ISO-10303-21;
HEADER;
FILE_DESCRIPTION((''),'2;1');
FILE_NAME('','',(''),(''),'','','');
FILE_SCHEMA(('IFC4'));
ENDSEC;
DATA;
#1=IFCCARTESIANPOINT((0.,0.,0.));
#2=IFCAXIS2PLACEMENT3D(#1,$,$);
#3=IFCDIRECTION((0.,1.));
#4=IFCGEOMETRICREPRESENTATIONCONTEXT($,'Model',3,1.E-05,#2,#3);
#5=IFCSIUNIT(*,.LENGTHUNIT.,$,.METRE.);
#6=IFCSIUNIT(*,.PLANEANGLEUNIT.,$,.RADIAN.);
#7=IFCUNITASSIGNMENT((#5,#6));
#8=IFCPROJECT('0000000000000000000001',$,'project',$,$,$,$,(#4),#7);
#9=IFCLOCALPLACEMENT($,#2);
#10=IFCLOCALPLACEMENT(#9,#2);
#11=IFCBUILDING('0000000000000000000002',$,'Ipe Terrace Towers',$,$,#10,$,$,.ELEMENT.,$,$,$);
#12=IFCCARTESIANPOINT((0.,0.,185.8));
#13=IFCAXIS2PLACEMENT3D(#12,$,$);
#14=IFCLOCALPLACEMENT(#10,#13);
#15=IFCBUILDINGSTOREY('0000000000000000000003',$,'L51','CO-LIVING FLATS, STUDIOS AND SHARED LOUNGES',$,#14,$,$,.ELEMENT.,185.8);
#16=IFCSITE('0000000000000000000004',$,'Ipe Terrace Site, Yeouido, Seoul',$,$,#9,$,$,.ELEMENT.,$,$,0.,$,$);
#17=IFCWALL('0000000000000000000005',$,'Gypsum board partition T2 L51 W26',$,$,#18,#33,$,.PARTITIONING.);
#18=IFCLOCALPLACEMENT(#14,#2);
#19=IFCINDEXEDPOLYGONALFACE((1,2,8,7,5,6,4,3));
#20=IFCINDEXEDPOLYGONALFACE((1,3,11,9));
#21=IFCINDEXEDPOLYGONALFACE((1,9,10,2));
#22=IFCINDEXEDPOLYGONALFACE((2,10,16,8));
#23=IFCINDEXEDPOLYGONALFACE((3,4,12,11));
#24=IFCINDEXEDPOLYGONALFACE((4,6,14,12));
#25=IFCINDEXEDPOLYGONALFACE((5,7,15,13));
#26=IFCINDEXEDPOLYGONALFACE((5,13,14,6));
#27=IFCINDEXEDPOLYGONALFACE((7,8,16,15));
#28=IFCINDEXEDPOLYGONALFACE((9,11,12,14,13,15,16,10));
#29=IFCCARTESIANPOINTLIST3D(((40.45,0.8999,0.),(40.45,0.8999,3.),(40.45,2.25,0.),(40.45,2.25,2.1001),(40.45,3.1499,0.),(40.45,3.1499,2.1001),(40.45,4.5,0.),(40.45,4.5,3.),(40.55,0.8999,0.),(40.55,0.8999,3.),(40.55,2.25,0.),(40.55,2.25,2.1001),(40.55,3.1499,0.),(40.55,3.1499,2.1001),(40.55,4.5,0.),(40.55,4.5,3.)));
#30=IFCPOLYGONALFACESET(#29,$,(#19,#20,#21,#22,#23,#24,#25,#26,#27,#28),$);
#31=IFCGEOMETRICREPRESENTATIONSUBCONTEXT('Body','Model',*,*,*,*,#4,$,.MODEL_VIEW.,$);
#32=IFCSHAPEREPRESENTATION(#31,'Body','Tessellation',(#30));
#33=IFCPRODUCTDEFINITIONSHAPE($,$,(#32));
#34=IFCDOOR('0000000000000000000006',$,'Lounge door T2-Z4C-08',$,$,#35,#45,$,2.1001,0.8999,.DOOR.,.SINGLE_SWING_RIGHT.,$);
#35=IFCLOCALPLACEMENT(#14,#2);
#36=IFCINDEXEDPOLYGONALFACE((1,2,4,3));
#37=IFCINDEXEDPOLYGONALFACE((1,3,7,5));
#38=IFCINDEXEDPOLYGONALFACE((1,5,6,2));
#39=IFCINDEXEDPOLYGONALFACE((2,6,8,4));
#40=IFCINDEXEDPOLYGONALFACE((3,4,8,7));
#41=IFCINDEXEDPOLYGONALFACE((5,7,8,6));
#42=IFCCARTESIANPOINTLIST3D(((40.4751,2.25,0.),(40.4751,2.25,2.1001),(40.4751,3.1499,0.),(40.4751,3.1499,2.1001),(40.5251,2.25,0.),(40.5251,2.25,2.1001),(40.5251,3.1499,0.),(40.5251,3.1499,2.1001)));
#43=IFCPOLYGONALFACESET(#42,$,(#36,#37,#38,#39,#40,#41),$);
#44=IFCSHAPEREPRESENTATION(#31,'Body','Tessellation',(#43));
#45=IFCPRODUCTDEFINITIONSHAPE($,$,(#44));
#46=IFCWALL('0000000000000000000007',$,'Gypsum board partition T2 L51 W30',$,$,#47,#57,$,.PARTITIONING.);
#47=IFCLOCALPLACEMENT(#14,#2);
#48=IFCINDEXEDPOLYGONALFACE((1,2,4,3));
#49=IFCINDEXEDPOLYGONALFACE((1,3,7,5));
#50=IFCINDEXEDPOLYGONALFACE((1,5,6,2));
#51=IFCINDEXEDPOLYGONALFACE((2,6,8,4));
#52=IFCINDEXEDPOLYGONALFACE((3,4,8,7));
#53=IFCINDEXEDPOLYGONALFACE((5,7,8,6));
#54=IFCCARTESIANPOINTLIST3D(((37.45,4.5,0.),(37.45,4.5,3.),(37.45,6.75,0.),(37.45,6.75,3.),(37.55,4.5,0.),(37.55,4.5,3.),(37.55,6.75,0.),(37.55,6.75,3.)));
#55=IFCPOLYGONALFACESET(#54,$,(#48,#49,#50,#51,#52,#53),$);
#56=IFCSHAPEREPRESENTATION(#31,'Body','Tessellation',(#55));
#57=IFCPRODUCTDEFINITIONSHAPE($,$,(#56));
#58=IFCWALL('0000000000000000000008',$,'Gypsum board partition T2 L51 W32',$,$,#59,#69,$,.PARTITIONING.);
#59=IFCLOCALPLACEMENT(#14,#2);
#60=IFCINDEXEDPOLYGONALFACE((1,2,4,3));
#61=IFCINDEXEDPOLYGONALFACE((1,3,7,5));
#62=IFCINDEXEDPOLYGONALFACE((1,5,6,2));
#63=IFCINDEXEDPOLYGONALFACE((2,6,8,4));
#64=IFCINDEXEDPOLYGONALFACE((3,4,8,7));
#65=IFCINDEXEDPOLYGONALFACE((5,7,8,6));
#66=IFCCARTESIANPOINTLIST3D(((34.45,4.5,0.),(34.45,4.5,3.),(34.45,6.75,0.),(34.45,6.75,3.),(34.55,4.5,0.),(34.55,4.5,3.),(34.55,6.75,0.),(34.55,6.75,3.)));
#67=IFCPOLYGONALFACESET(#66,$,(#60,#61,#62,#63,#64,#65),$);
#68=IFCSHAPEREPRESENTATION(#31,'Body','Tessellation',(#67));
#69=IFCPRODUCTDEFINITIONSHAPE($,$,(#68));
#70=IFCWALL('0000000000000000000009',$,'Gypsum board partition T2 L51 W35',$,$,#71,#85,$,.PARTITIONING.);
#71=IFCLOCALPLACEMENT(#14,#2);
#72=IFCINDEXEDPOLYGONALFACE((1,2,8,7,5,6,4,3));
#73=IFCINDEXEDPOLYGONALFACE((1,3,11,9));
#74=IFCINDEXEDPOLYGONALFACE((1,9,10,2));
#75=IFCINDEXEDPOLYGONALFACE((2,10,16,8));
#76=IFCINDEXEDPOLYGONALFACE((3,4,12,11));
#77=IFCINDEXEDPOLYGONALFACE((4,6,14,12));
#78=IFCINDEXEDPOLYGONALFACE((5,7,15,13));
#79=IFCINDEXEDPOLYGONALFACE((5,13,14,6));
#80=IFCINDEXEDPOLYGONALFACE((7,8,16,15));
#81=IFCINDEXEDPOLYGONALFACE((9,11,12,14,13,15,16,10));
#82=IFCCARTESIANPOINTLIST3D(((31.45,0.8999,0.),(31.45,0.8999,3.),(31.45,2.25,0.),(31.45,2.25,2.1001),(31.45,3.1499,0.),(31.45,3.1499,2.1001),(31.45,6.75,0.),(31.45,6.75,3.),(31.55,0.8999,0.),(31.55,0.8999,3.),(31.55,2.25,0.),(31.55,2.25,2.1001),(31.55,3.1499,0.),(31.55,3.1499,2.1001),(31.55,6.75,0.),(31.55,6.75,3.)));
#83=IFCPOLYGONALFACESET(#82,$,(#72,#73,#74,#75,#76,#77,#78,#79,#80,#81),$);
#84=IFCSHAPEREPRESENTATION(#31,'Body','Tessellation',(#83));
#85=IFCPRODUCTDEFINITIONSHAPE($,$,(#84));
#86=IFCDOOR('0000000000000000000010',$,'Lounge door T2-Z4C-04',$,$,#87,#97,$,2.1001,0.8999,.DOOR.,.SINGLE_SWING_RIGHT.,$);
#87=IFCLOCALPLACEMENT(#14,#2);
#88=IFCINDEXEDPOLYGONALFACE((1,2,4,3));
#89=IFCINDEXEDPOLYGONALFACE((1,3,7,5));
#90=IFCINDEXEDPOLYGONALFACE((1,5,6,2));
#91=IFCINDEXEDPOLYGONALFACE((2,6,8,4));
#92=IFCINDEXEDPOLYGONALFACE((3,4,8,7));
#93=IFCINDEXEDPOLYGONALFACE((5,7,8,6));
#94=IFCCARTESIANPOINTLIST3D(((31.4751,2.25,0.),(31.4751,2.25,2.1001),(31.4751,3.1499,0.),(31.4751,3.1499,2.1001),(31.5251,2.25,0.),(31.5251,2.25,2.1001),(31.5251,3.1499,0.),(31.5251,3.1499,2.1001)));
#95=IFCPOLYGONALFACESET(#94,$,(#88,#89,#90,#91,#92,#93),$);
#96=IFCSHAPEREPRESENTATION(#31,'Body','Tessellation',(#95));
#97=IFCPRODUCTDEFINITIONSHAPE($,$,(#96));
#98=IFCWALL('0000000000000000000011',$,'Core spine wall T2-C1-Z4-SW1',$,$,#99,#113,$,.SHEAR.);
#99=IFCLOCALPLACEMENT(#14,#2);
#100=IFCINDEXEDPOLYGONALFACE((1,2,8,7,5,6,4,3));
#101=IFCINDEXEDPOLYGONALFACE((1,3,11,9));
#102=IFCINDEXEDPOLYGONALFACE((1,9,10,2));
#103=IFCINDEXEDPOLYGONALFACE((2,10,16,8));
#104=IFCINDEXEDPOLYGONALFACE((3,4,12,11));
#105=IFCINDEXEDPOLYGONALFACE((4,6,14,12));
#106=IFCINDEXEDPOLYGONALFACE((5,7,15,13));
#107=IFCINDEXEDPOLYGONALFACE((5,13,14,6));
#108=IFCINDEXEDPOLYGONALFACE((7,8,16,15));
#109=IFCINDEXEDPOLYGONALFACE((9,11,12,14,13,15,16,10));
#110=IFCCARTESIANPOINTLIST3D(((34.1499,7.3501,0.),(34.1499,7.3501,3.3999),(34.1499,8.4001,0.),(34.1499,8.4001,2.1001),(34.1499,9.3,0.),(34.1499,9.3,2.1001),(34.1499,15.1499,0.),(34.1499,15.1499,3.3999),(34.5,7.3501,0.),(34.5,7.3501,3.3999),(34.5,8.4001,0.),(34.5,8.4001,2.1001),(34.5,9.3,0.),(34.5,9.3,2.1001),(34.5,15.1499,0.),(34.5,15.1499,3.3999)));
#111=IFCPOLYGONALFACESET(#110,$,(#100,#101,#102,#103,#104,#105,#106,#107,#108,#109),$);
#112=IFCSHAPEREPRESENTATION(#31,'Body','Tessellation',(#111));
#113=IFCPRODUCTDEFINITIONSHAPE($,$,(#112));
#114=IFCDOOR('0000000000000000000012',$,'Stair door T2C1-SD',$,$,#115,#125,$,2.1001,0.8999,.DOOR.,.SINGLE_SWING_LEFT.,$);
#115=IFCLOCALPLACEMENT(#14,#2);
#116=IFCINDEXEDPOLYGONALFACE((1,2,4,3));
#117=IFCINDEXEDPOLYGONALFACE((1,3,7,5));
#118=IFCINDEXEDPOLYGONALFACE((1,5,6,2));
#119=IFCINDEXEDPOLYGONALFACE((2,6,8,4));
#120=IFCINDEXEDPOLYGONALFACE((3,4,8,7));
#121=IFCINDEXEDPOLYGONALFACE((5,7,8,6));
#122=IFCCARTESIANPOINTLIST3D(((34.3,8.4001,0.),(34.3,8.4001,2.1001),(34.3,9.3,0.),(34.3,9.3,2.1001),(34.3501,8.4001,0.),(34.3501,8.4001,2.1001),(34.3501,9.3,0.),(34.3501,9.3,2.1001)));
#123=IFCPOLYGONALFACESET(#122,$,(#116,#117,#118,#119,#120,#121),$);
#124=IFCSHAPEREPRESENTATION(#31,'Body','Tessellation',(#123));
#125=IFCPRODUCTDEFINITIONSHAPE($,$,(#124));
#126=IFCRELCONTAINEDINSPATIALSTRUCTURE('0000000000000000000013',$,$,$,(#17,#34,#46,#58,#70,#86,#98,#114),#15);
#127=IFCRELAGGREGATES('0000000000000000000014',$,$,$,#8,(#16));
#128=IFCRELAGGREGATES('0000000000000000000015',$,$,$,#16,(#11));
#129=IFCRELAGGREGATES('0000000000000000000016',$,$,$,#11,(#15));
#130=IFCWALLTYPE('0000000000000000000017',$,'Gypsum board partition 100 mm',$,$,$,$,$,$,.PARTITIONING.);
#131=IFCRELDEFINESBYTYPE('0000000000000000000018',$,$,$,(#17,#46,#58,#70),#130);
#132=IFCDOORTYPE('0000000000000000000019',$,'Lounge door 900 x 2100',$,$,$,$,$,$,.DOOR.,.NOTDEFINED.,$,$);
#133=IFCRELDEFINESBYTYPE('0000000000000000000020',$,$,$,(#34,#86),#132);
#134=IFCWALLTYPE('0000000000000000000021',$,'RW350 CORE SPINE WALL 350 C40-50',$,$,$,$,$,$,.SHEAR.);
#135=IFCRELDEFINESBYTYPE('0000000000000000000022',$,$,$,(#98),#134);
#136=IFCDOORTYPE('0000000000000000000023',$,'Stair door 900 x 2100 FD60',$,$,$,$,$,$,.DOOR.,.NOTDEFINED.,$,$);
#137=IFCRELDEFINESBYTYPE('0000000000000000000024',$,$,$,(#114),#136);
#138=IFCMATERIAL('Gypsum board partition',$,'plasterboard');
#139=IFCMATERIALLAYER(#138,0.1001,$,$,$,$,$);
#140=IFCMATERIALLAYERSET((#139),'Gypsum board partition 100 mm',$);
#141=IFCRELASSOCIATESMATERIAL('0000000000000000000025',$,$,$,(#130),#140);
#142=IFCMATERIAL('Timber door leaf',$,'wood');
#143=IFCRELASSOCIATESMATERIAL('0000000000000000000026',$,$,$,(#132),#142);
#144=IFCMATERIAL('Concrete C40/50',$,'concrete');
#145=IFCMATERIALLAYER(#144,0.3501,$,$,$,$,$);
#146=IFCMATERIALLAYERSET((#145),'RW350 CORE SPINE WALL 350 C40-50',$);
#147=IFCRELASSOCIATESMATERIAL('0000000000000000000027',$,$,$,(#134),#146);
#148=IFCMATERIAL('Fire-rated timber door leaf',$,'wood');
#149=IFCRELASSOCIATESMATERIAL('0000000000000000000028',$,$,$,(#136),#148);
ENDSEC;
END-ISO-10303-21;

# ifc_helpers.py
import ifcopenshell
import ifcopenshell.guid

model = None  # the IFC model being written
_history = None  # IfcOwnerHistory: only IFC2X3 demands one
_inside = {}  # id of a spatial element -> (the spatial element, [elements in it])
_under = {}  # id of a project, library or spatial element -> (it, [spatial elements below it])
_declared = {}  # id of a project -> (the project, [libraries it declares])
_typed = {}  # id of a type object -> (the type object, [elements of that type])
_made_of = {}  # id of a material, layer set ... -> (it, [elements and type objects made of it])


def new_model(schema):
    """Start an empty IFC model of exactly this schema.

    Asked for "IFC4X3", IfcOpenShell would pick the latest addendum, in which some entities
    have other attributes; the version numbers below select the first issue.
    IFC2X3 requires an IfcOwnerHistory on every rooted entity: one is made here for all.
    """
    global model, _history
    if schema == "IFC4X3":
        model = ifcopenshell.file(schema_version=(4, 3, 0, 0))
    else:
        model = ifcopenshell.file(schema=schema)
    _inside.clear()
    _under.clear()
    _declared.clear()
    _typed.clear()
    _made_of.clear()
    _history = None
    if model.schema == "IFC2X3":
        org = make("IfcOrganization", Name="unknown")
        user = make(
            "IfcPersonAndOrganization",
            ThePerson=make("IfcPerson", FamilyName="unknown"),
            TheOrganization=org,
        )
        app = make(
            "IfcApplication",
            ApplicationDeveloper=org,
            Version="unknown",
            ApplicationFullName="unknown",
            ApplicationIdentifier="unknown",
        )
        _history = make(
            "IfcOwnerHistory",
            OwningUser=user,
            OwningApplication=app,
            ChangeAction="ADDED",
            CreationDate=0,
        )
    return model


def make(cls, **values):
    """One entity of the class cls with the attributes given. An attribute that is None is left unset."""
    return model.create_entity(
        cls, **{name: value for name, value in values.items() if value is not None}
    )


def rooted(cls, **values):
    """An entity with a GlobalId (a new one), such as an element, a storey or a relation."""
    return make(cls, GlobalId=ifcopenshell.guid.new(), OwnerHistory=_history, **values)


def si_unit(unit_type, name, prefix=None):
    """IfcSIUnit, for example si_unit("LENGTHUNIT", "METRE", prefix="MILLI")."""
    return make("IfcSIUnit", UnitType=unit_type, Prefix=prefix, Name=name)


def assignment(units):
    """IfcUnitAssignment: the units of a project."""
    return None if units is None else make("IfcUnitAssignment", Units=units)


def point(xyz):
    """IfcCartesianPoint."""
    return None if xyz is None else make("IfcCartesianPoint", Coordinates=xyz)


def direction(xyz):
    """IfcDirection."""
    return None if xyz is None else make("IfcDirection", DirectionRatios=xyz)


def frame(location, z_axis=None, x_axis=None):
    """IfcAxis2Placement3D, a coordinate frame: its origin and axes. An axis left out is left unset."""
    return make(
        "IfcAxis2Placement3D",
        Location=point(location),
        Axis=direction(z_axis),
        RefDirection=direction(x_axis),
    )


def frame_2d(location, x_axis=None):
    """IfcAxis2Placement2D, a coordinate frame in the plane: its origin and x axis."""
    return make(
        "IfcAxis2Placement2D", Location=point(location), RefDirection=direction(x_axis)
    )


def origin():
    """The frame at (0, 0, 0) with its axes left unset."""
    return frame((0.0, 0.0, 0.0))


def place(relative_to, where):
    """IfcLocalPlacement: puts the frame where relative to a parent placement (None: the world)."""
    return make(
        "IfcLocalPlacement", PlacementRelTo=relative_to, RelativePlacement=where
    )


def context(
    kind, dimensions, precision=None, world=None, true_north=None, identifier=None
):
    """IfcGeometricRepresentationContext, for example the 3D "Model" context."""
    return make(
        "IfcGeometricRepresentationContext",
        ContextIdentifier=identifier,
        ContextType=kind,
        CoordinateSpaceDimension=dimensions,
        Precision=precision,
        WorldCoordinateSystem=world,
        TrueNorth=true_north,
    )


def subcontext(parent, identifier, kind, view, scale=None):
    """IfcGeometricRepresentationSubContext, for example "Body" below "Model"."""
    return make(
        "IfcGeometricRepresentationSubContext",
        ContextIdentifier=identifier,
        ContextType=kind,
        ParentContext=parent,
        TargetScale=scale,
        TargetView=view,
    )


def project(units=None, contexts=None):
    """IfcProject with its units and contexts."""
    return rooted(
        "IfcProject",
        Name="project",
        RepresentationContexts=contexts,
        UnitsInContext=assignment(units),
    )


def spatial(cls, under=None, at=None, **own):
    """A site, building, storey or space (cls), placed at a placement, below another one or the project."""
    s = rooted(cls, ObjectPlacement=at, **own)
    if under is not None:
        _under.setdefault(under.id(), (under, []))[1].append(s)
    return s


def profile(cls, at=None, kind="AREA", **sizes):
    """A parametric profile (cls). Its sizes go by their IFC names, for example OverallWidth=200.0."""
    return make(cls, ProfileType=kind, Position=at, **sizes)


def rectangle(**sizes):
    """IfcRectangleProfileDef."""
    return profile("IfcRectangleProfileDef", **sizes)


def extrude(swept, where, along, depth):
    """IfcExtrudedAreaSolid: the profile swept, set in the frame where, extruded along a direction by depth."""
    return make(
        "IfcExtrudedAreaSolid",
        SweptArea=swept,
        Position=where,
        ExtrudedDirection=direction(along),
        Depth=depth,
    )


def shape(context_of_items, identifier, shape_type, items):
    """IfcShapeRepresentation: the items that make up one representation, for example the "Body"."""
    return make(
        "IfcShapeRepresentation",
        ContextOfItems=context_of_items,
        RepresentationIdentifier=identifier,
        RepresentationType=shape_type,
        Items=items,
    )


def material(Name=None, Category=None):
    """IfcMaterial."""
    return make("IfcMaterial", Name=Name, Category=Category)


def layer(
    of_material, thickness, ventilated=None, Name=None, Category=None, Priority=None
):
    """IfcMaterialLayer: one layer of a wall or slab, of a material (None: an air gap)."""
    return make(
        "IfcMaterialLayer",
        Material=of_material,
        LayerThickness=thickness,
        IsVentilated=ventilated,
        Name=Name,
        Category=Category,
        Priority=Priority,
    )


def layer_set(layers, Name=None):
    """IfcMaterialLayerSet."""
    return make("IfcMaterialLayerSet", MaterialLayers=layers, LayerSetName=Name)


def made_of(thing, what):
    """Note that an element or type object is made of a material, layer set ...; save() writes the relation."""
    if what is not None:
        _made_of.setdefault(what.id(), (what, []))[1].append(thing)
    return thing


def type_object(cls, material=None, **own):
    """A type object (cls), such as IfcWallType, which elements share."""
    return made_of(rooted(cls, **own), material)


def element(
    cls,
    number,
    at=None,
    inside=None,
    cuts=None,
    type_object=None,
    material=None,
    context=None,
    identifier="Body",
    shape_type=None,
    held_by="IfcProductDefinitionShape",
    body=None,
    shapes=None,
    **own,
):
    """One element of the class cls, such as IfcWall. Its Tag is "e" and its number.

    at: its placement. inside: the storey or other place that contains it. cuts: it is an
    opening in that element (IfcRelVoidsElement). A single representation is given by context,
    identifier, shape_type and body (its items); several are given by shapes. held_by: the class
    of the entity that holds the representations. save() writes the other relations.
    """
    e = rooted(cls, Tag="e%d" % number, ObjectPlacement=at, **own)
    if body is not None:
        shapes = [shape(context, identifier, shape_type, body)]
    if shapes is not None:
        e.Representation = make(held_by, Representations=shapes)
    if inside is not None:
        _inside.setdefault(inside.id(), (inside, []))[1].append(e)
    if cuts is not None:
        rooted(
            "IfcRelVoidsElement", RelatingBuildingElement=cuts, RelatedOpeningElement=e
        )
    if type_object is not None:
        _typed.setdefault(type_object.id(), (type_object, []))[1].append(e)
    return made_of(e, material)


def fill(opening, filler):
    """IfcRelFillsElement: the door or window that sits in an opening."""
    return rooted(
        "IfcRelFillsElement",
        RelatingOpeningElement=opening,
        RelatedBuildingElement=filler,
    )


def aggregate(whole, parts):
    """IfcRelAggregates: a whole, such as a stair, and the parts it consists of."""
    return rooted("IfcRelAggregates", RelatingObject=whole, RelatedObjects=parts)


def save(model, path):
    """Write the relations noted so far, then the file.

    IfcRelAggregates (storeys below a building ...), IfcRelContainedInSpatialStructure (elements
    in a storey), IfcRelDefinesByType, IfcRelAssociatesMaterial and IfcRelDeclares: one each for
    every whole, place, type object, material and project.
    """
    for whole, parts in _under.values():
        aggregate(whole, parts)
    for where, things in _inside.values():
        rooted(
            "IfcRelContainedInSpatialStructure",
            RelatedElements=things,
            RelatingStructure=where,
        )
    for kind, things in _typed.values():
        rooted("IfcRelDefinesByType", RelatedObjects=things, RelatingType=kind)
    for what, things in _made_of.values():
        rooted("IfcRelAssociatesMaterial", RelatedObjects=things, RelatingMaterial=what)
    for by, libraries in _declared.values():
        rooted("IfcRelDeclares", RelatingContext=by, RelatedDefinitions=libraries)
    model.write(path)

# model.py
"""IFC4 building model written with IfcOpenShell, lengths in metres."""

from ifc_helpers import new_model, si_unit, direction, frame, frame_2d, origin, place, context, subcontext, project, spatial, rectangle, extrude, material, layer, layer_set, type_object, element, fill, save


model = new_model("IFC4")

# Units and contexts
model_context = context("Model", 3, precision=1e-05, world=origin(), true_north=direction((0.0, 1.0)))
body_context = subcontext(model_context, "Body", "Model", "MODEL_VIEW")
ifc_project = project(units=[si_unit("LENGTHUNIT", "METRE"), si_unit("PLANEANGLEUNIT", "RADIAN")], contexts=[model_context])

# Site, building, storey
site_placement = place(None, origin())
site = spatial("IfcSite", under=ifc_project, at=site_placement, Name="Ipe Terrace Site, Yeouido, Seoul", CompositionType="ELEMENT", RefElevation=0.0)
building_placement = place(site_placement, origin())
building = spatial("IfcBuilding", under=site, at=building_placement, Name="Ipe Terrace Towers", CompositionType="ELEMENT")
storey_placement = place(building_placement, frame((0.0, 0.0, 185.8)))
storey = spatial("IfcBuildingStorey", under=building, at=storey_placement, Name="L51", Description="CO-LIVING FLATS, STUDIOS AND SHARED LOUNGES", CompositionType="ELEMENT", Elevation=185.8)

# Shared definitions
ifc_material_1 = material(Name="Gypsum board partition", Category="plasterboard")
ifc_layer_1 = layer(ifc_material_1, 0.1001)
ifc_layer_set_1 = layer_set([ifc_layer_1], Name="Gypsum board partition 100 mm")
wall_type_1 = type_object("IfcWallType", Name="Gypsum board partition 100 mm", PredefinedType="PARTITIONING", material=ifc_layer_set_1)

# Wall, opening, door
ifc_material_2 = material(Name="Timber door leaf", Category="wood")
door_type_1 = type_object("IfcDoorType", Name="Lounge door 900 x 2100", OperationType="NOTDEFINED", PredefinedType="DOOR", material=ifc_material_2)
wall_1_placement = place(storey_placement, frame((40.5, 0.8999, 0.0), z_axis=(0.0, 0.0, 1.0), x_axis=(0.0, 1.0, 0.0)))
wall_1 = element("IfcWall", 1, at=wall_1_placement, inside=storey, type_object=wall_type_1, Name="Gypsum board partition T2 L51 W26", PredefinedType="PARTITIONING", context=body_context, shape_type="SweptSolid", body=[
    extrude(rectangle(XDim=3.6001, YDim=0.1001, at=frame_2d((1.8, 0.0))), origin(), (0.0, 0.0, 1.0), 3.0),
])
opening_1_placement = place(wall_1_placement, frame((1.3501, 0.0, 0.0)))
opening_1 = element("IfcOpeningElement", 2, at=opening_1_placement, cuts=wall_1, PredefinedType="OPENING", context=body_context, shape_type="SweptSolid", body=[
    extrude(rectangle(XDim=0.8999, YDim=2.1001, at=frame_2d((0.45, 1.05))), frame((0.0, 0.0601, 0.0), z_axis=(0.0, -1.0, 0.0), x_axis=(1.0, 0.0, 0.0)), (0.0, 0.0, 1.0), 0.1201),
])
door_1_placement = place(opening_1_placement, origin())
door_1 = element("IfcDoor", 3, at=door_1_placement, inside=storey, type_object=door_type_1, Name="Lounge door T2-Z4C-08", OperationType="SINGLE_SWING_RIGHT", OverallHeight=2.1001, OverallWidth=0.8999, PredefinedType="DOOR", context=body_context, shape_type="SweptSolid", body=[
    extrude(rectangle(XDim=0.8999, YDim=2.1001, at=frame_2d((0.45, 1.05))), frame((0.0, 0.0249, 0.0), z_axis=(0.0, -1.0, 0.0), x_axis=(1.0, 0.0, 0.0)), (0.0, 0.0, 1.0), 0.05),
])
fill(opening_1, door_1)

# Walls
for number, where, z_axis, x_axis, name in (
    (4, (37.5, 4.5, 0.0), (0.0, 0.0, 1.0), (0.0, 1.0, 0.0), "Gypsum board partition T2 L51 W30"),
    (5, (34.5, 4.5, 0.0), (0.0, 0.0, 1.0), (0.0, 1.0, 0.0), "Gypsum board partition T2 L51 W32"),
):
    element("IfcWall", number, at=place(storey_placement, frame(where, z_axis=z_axis, x_axis=x_axis)), inside=storey, type_object=wall_type_1, Name=name, PredefinedType="PARTITIONING", context=body_context, shape_type="SweptSolid", body=[
        extrude(rectangle(XDim=2.25, YDim=0.1001, at=frame_2d((1.125, 0.0))), origin(), (0.0, 0.0, 1.0), 3.0),
    ])

# Walls, openings, doors
wall_2_placement = place(storey_placement, frame((31.5, 0.8999, 0.0), z_axis=(0.0, 0.0, 1.0), x_axis=(0.0, 1.0, 0.0)))
wall_2 = element("IfcWall", 6, at=wall_2_placement, inside=storey, type_object=wall_type_1, Name="Gypsum board partition T2 L51 W35", PredefinedType="PARTITIONING", context=body_context, shape_type="SweptSolid", body=[
    extrude(rectangle(XDim=5.8501, YDim=0.1001, at=frame_2d((2.925, 0.0))), origin(), (0.0, 0.0, 1.0), 3.0),
])
opening_2_placement = place(wall_2_placement, frame((1.3501, 0.0, 0.0)))
opening_2 = element("IfcOpeningElement", 7, at=opening_2_placement, cuts=wall_2, PredefinedType="OPENING", context=body_context, shape_type="SweptSolid", body=[
    extrude(rectangle(XDim=0.8999, YDim=2.1001, at=frame_2d((0.45, 1.05))), frame((0.0, 0.0601, 0.0), z_axis=(0.0, -1.0, 0.0), x_axis=(1.0, 0.0, 0.0)), (0.0, 0.0, 1.0), 0.1201),
])
door_2_placement = place(opening_2_placement, origin())
door_2 = element("IfcDoor", 8, at=door_2_placement, inside=storey, type_object=door_type_1, Name="Lounge door T2-Z4C-04", OperationType="SINGLE_SWING_RIGHT", OverallHeight=2.1001, OverallWidth=0.8999, PredefinedType="DOOR", context=body_context, shape_type="SweptSolid", body=[
    extrude(rectangle(XDim=0.8999, YDim=2.1001, at=frame_2d((0.45, 1.05))), frame((0.0, 0.0249, 0.0), z_axis=(0.0, -1.0, 0.0), x_axis=(1.0, 0.0, 0.0)), (0.0, 0.0, 1.0), 0.05),
])
fill(opening_2, door_2)
ifc_material_3 = material(Name="Concrete C40/50", Category="concrete")
ifc_layer_2 = layer(ifc_material_3, 0.3501)
ifc_layer_set_2 = layer_set([ifc_layer_2], Name="RW350 CORE SPINE WALL 350 C40-50")
wall_type_2 = type_object("IfcWallType", Name="RW350 CORE SPINE WALL 350 C40-50", PredefinedType="SHEAR", material=ifc_layer_set_2)
wall_3_placement = place(storey_placement, frame((34.325, 7.3501, 0.0), z_axis=(0.0, 0.0, 1.0), x_axis=(0.0, 1.0, 0.0)))
wall_3 = element("IfcWall", 9, at=wall_3_placement, inside=storey, type_object=wall_type_2, Name="Core spine wall T2-C1-Z4-SW1", PredefinedType="SHEAR", context=body_context, shape_type="SweptSolid", body=[
    extrude(rectangle(XDim=7.7998, YDim=0.3501, at=frame_2d((3.8999, 0.0))), origin(), (0.0, 0.0, 1.0), 3.3999),
])
opening_3_placement = place(wall_3_placement, frame((1.05, 0.0, 0.0)))
opening_3 = element("IfcOpeningElement", 10, at=opening_3_placement, cuts=wall_3, PredefinedType="OPENING", context=body_context, shape_type="SweptSolid", body=[
    extrude(rectangle(XDim=0.8999, YDim=2.1001, at=frame_2d((0.45, 1.05))), frame((0.0, 0.1851, 0.0), z_axis=(0.0, -1.0, 0.0), x_axis=(1.0, 0.0, 0.0)), (0.0, 0.0, 1.0), 0.3701),
])
ifc_material_4 = material(Name="Fire-rated timber door leaf", Category="wood")
door_type_2 = type_object("IfcDoorType", Name="Stair door 900 x 2100 FD60", OperationType="NOTDEFINED", PredefinedType="DOOR", material=ifc_material_4)
door_3_placement = place(opening_3_placement, origin())
door_3 = element("IfcDoor", 11, at=door_3_placement, inside=storey, type_object=door_type_2, Name="Stair door T2C1-SD", OperationType="SINGLE_SWING_LEFT", OverallHeight=2.1001, OverallWidth=0.8999, PredefinedType="DOOR", context=body_context, shape_type="SweptSolid", body=[
    extrude(rectangle(XDim=0.8999, YDim=2.1001, at=frame_2d((0.45, 1.05))), frame((0.0, 0.0249, 0.0), z_axis=(0.0, -1.0, 0.0), x_axis=(1.0, 0.0, 0.0)), (0.0, 0.0, 1.0), 0.05),
])
fill(opening_3, door_3)

save(model, "model.ifc")
